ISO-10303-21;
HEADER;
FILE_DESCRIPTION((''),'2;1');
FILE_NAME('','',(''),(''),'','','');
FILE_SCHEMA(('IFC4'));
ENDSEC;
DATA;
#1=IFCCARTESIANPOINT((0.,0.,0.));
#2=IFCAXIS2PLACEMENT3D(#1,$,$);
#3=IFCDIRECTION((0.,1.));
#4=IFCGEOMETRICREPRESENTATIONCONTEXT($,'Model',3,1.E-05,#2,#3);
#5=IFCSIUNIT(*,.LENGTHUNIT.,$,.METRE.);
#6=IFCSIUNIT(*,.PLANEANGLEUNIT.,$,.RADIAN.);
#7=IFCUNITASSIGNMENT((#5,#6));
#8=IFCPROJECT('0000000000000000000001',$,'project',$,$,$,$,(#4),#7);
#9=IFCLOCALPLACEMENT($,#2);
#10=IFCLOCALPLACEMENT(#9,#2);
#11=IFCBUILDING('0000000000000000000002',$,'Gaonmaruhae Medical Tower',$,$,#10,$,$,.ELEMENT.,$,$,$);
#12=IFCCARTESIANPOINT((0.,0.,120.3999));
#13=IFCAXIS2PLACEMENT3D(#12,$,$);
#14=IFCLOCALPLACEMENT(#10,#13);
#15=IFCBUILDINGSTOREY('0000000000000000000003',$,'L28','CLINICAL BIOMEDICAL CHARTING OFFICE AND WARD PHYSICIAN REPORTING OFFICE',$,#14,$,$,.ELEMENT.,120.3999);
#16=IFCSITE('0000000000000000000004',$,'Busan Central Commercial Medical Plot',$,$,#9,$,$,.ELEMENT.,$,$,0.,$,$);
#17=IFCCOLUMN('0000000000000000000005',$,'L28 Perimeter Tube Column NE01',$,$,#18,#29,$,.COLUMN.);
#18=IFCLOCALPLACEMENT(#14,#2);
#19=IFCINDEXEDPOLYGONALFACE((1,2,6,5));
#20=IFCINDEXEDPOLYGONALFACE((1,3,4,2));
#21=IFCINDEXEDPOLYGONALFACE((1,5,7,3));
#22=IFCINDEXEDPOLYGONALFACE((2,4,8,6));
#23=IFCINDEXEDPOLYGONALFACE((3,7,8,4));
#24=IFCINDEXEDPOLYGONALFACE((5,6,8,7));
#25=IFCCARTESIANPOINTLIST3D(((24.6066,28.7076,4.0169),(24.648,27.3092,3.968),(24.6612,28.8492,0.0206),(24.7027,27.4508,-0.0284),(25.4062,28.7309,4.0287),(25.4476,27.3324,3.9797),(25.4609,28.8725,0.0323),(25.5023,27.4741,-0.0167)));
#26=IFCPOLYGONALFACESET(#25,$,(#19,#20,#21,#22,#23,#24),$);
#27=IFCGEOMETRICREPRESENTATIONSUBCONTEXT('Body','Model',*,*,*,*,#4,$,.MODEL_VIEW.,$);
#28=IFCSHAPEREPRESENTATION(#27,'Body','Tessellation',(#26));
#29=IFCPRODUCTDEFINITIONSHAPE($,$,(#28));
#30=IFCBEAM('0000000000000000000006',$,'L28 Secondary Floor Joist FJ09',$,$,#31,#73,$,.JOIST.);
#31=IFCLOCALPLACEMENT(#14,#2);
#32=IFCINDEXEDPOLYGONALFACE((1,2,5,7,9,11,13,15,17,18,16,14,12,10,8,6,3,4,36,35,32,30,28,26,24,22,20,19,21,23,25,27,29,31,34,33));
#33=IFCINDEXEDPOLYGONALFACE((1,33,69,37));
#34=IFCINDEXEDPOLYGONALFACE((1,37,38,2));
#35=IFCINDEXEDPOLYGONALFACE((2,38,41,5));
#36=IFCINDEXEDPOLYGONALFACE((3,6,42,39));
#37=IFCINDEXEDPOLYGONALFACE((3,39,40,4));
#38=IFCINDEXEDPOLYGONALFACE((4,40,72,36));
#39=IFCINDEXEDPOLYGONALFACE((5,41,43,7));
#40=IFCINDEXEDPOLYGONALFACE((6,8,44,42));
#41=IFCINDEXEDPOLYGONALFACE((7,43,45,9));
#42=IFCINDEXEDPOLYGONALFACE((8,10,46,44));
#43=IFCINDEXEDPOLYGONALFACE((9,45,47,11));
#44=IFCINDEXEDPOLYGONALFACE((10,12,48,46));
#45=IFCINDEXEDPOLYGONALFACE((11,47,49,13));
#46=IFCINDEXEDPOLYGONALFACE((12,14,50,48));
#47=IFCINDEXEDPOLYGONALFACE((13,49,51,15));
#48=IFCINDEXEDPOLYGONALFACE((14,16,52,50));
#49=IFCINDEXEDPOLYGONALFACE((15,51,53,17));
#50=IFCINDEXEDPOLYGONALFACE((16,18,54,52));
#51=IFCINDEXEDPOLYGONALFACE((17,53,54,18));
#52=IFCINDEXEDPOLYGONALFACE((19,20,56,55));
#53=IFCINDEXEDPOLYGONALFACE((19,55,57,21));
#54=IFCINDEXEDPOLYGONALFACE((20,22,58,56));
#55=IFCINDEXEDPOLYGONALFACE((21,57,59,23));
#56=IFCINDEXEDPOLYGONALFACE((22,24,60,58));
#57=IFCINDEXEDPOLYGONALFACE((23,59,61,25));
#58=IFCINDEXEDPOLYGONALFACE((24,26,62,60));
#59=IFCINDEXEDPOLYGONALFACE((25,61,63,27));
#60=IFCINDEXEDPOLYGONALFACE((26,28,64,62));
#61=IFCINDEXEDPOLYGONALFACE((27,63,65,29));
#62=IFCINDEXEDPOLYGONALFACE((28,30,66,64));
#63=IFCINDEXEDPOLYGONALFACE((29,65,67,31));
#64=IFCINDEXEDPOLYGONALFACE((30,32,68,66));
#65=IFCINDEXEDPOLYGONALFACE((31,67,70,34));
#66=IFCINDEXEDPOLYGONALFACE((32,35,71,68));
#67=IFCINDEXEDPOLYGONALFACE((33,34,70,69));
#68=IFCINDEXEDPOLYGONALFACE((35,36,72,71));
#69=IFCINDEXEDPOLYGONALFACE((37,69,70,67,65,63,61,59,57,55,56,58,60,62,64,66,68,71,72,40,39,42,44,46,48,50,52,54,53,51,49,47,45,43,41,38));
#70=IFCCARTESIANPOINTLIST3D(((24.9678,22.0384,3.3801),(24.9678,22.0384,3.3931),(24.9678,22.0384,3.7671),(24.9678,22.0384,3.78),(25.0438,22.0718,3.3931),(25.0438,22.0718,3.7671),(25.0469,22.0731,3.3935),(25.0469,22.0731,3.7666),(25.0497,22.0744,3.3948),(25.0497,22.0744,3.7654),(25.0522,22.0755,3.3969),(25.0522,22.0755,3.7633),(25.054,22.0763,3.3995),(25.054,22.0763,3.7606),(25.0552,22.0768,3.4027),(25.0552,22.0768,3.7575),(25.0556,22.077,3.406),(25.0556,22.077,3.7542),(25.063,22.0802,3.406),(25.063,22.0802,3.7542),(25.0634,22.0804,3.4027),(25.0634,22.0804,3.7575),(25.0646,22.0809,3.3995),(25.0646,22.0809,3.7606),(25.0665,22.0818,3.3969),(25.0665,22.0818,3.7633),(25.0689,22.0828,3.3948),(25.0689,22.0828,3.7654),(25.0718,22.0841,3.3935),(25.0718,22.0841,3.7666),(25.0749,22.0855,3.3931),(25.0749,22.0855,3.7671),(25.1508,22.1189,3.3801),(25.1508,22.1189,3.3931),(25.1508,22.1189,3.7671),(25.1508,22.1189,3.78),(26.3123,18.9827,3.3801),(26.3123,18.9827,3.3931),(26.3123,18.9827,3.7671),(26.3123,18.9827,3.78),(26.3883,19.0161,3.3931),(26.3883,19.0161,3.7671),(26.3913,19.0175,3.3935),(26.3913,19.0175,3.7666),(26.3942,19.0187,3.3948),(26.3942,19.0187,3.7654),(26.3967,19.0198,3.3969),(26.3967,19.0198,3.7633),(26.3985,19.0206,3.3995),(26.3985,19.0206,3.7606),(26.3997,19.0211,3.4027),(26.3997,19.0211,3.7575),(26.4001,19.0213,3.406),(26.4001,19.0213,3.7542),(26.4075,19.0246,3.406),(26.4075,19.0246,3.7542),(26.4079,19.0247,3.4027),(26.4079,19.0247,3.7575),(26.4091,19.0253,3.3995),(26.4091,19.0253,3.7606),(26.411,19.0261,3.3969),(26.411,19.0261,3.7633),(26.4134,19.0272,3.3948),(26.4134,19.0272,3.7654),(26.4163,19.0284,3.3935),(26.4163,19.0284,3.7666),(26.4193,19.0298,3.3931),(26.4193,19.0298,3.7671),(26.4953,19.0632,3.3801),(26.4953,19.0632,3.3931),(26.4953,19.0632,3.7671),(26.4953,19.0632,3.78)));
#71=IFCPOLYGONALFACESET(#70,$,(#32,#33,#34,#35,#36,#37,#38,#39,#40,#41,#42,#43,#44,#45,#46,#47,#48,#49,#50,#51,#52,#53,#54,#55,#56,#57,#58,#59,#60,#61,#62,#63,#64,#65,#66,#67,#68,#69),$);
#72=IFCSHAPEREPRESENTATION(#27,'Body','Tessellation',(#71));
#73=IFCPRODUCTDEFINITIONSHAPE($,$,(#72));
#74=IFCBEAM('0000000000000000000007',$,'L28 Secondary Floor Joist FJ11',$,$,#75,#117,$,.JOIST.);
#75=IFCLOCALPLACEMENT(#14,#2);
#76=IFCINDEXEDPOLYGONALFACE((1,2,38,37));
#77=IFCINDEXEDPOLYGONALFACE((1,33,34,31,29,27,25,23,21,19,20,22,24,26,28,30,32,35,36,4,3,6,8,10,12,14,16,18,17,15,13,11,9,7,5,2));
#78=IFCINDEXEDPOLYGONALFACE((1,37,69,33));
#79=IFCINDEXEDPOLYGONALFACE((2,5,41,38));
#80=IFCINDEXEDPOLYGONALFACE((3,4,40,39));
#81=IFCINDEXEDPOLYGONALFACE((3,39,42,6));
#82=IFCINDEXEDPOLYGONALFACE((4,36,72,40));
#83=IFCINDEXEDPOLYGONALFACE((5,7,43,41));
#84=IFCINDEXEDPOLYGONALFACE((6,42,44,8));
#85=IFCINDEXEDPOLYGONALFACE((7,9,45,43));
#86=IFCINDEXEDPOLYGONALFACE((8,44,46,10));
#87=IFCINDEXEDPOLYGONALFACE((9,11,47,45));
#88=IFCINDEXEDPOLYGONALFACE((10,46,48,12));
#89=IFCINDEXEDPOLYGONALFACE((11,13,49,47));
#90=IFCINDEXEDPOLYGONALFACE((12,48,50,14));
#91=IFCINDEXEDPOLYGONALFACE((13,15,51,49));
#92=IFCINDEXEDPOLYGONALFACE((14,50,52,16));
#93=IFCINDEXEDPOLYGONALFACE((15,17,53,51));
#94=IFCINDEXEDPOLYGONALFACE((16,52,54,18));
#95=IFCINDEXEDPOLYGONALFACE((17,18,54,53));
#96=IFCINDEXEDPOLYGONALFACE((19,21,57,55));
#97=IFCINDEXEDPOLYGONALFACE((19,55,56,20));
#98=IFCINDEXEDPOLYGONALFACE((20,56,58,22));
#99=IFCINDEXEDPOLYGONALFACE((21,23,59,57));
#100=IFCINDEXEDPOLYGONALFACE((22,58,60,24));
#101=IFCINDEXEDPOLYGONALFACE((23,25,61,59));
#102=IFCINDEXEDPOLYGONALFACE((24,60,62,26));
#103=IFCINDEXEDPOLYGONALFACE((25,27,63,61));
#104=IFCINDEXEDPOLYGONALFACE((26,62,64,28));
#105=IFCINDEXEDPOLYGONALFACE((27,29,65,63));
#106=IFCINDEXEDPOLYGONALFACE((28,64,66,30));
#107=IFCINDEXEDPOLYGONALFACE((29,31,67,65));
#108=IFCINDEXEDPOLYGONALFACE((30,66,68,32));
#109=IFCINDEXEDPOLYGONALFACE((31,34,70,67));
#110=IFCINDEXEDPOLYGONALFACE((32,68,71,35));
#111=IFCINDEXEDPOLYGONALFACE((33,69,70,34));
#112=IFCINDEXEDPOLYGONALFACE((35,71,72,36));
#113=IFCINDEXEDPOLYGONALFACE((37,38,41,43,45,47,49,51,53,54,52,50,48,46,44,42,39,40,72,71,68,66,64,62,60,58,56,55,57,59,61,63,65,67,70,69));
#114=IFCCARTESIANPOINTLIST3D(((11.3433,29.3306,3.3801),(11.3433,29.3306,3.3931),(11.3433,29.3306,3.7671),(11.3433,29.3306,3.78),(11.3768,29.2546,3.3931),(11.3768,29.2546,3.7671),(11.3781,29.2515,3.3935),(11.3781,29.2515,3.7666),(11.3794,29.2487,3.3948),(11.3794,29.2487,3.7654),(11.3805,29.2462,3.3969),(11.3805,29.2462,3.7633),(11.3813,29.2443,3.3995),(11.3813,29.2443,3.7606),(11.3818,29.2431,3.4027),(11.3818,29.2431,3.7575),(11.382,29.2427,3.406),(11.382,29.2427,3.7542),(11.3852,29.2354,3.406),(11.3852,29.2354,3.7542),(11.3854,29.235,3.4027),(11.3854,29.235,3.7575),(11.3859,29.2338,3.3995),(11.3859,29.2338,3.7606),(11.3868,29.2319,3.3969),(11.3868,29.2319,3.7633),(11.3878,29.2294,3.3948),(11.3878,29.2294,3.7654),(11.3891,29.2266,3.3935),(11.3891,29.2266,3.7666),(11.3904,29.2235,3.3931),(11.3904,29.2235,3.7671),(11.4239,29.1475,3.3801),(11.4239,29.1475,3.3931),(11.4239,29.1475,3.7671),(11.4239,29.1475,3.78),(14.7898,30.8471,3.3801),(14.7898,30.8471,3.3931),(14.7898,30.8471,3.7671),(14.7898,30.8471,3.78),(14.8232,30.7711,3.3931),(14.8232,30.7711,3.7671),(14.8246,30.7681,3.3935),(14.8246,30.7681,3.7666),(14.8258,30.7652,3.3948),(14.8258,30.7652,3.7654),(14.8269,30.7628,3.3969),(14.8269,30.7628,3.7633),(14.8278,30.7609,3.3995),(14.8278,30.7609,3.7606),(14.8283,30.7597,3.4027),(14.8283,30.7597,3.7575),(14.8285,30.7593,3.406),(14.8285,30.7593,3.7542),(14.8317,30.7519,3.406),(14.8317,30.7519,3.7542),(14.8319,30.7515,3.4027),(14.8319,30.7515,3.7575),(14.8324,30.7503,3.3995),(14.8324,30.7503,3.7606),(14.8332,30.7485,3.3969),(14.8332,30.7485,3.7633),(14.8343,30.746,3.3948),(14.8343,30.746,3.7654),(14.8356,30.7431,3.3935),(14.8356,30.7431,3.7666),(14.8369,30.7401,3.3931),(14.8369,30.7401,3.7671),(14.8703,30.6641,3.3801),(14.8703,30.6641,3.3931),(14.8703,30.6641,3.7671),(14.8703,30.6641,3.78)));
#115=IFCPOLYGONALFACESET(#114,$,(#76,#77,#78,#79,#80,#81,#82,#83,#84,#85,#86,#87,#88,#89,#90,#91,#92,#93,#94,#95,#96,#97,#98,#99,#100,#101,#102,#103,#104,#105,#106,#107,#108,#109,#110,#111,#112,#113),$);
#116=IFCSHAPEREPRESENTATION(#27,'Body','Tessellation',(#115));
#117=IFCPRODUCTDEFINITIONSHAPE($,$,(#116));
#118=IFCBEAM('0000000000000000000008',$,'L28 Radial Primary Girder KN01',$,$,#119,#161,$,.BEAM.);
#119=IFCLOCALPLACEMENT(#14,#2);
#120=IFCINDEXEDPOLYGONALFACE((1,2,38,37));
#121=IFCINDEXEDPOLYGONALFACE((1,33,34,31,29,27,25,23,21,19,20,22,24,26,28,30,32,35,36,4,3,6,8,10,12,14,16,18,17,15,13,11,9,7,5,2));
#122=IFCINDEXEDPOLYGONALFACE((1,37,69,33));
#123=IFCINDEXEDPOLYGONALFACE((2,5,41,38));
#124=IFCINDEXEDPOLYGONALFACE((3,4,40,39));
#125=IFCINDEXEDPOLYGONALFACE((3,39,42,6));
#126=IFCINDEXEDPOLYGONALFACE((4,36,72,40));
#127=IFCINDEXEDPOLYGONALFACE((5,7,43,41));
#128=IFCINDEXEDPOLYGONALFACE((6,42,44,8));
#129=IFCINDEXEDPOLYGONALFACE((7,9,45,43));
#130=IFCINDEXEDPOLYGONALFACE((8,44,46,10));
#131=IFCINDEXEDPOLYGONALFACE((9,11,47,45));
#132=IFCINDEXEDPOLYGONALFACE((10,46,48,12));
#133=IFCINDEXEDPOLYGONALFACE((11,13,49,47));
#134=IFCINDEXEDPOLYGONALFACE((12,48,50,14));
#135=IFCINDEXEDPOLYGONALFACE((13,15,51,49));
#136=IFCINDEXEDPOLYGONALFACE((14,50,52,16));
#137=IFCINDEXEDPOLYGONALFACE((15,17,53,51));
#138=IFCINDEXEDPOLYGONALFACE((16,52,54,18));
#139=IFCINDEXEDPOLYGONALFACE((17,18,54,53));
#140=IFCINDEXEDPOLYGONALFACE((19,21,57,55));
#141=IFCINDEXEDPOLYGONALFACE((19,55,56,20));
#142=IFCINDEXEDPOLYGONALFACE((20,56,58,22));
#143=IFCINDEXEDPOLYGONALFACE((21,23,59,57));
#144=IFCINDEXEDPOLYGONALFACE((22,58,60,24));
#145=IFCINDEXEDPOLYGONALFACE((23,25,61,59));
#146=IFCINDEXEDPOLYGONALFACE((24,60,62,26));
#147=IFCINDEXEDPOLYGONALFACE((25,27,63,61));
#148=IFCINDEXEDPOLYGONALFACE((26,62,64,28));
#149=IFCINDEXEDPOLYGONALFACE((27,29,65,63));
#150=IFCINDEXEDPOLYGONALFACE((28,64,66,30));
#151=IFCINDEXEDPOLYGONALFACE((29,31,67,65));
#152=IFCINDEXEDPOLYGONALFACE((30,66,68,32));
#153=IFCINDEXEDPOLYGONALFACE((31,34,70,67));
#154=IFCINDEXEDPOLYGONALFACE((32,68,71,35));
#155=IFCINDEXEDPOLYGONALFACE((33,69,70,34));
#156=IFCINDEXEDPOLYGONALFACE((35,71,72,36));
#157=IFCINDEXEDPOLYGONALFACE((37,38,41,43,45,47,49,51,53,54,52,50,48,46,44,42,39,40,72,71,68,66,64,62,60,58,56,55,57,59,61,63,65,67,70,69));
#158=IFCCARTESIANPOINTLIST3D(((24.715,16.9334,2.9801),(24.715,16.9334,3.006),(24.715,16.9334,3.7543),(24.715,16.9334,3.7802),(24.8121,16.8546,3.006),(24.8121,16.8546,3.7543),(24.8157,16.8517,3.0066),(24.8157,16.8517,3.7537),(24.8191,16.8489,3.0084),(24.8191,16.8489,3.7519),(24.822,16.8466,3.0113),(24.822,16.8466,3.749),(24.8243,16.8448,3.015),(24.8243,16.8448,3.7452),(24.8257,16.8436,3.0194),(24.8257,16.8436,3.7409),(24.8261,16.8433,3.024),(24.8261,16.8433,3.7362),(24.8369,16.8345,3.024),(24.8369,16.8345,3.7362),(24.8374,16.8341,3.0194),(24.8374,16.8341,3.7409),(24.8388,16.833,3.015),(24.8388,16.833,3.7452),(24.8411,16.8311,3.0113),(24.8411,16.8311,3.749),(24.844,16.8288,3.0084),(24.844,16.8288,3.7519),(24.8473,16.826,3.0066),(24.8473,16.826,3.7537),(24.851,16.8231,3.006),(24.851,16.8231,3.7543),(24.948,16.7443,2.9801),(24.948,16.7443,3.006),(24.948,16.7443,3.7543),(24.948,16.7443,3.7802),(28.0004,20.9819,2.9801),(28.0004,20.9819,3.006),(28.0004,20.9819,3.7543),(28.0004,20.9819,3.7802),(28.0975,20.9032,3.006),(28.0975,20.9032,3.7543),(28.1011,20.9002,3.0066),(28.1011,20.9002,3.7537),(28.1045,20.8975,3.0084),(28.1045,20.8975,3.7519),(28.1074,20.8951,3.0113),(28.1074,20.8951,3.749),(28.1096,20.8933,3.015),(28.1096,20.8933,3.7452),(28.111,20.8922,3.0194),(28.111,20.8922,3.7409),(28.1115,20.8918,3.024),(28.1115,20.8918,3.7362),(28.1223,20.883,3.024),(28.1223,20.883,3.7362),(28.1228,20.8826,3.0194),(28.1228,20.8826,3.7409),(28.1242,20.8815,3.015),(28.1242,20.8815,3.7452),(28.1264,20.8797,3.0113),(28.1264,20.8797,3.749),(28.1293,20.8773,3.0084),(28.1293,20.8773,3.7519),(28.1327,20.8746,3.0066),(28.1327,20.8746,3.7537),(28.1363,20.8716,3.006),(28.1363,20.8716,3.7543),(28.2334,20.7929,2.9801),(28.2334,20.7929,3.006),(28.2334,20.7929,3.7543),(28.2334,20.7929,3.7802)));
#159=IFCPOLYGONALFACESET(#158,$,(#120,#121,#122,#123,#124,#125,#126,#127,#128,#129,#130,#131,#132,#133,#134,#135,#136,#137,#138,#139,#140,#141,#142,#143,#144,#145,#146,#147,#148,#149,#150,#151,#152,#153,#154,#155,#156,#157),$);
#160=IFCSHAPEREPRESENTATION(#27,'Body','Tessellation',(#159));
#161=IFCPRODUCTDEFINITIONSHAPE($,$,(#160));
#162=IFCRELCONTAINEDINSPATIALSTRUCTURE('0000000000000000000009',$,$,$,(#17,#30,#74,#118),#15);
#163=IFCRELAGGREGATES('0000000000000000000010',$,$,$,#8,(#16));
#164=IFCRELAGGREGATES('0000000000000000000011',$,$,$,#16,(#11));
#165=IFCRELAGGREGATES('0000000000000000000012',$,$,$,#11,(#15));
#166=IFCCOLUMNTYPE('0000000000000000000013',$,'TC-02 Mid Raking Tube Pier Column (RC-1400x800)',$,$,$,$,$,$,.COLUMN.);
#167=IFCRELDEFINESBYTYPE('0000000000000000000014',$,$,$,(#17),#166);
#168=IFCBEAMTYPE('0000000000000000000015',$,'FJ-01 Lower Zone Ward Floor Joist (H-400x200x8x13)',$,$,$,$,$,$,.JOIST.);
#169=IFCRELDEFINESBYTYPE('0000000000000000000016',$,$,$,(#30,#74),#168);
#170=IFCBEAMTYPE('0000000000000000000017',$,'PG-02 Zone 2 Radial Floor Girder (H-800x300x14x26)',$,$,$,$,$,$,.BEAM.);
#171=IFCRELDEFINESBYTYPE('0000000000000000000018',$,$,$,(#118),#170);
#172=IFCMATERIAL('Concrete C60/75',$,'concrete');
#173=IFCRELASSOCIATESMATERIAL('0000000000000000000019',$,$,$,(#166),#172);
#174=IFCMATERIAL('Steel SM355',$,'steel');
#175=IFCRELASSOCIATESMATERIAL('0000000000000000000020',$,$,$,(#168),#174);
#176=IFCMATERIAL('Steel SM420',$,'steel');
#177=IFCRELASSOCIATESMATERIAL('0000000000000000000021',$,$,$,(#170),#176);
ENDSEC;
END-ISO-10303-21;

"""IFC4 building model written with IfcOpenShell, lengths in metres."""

from ifc_helpers import new_model, si_unit, direction, frame, origin, origin_2d, place, context, subcontext, project, spatial, rectangle, i_section, extrude, material, material_profile, profile_set, type_object, element, save


model = new_model("IFC4")

# Units and contexts
model_context = context("Model", 3, precision=1e-05, world=origin(), true_north=direction((0.0, 1.0)))
body_context = subcontext(model_context, "Body", "Model", "MODEL_VIEW")
ifc_project = project(units=[si_unit("LENGTHUNIT", "METRE"), si_unit("PLANEANGLEUNIT", "RADIAN")], contexts=[model_context])

# Site, building, storey
site_placement = place(None, origin())
site = spatial("IfcSite", under=ifc_project, at=site_placement, Name="Busan Central Commercial Medical Plot", CompositionType="ELEMENT", RefElevation=0.0)
building_placement = place(site_placement, origin())
building = spatial("IfcBuilding", under=site, at=building_placement, Name="Gaonmaruhae Medical Tower", CompositionType="ELEMENT")
storey_placement = place(building_placement, frame((0.0, 0.0, 120.3999)))
storey = spatial("IfcBuildingStorey", under=building, at=storey_placement, Name="L28", Description="CLINICAL BIOMEDICAL CHARTING OFFICE AND WARD PHYSICIAN REPORTING OFFICE", CompositionType="ELEMENT", Elevation=120.3999)

# Column
ifc_material_1 = material(Name="Concrete C60/75", Category="concrete")
ifc_material_profile_1 = material_profile(ifc_material_1, rectangle(XDim=1.3999, YDim=0.8, at=origin_2d()), Name="RC-1400x800")
ifc_profile_set_1 = profile_set([ifc_material_profile_1], Name="Concrete C60/75")
column_type = type_object("IfcColumnType", Name="TC-02 Mid Raking Tube Pier Column (RC-1400x800)", PredefinedType="COLUMN", material=ifc_profile_set_1)
column_placement = place(storey_placement, frame((25.0818, 28.1616, 0.002), z_axis=(-0.013675, -0.035407, 0.999279), x_axis=(-0.029611, 0.998949, 0.03499)))
element("IfcColumn", 1, at=column_placement, inside=storey, type_object=column_type, Name="L28 Perimeter Tube Column NE01", PredefinedType="COLUMN", context=body_context, shape_type="SweptSolid", body=[
    extrude(rectangle(XDim=1.3999, YDim=0.8, at=origin_2d()), origin(), (0.0, 0.0, 1.0), 3.9993),
])

# Beams
ifc_material_2 = material(Name="Steel SM355", Category="steel")
ifc_material_profile_2 = material_profile(ifc_material_2, i_section(OverallWidth=0.2, OverallDepth=0.3999, WebThickness=0.0081, FlangeThickness=0.0129, FilletRadius=0.0129, at=origin_2d()), Name="H-400x200x8x13")
ifc_profile_set_2 = profile_set([ifc_material_profile_2], Name="Steel SM355")
beam_type_1 = type_object("IfcBeamType", Name="FJ-01 Lower Zone Ward Floor Joist (H-400x200x8x13)", PredefinedType="JOIST", material=ifc_profile_set_2)
beam_1_placement = place(storey_placement, frame((26.4038, 19.0229, 3.5801), z_axis=(-0.402736, 0.915316, 0.0), x_axis=(-0.915316, -0.402736, 0.0)))
element("IfcBeam", 2, at=beam_1_placement, inside=storey, type_object=beam_type_1, Name="L28 Secondary Floor Joist FJ09", PredefinedType="JOIST", context=body_context, shape_type="SweptSolid", body=[
    extrude(i_section(OverallWidth=0.2, OverallDepth=0.3999, WebThickness=0.0081, FlangeThickness=0.0129, FilletRadius=0.0129, at=origin_2d()), origin(), (0.0, 0.0, 1.0), 3.3384),
])
beam_2_placement = place(storey_placement, frame((14.8301, 30.7556, 3.5801), z_axis=(-0.915303, -0.402767, 0.0), x_axis=(0.402767, -0.915303, 0.0)))
element("IfcBeam", 3, at=beam_2_placement, inside=storey, type_object=beam_type_1, Name="L28 Secondary Floor Joist FJ11", PredefinedType="JOIST", context=body_context, shape_type="SweptSolid", body=[
    extrude(i_section(OverallWidth=0.2, OverallDepth=0.3999, WebThickness=0.0081, FlangeThickness=0.0129, FilletRadius=0.0129, at=origin_2d()), origin(), (0.0, 0.0, 1.0), 3.7654),
])
ifc_material_3 = material(Name="Steel SM420", Category="steel")
ifc_material_profile_3 = material_profile(ifc_material_3, i_section(OverallWidth=0.3, OverallDepth=0.8, WebThickness=0.0139, FlangeThickness=0.0259, FilletRadius=0.0181, at=origin_2d()), Name="H-800x300x14x26")
ifc_profile_set_3 = profile_set([ifc_material_profile_3], Name="Steel SM420")
beam_type_2 = type_object("IfcBeamType", Name="PG-02 Zone 2 Radial Floor Girder (H-800x300x14x26)", PredefinedType="BEAM", material=ifc_profile_set_3)
beam_3_placement = place(storey_placement, frame((24.8315, 16.8389, 3.3801), z_axis=(0.630122, 0.776496, 0.0), x_axis=(-0.776496, 0.630122, 0.0)))
element("IfcBeam", 4, at=beam_3_placement, inside=storey, type_object=beam_type_2, Name="L28 Radial Primary Girder KN01", PredefinedType="BEAM", context=body_context, shape_type="SweptSolid", body=[
    extrude(i_section(OverallWidth=0.3, OverallDepth=0.8, WebThickness=0.0139, FlangeThickness=0.0259, FilletRadius=0.0181, at=origin_2d()), origin(), (0.0, 0.0, 1.0), 5.2139),
])

save(model, "model.ifc")
